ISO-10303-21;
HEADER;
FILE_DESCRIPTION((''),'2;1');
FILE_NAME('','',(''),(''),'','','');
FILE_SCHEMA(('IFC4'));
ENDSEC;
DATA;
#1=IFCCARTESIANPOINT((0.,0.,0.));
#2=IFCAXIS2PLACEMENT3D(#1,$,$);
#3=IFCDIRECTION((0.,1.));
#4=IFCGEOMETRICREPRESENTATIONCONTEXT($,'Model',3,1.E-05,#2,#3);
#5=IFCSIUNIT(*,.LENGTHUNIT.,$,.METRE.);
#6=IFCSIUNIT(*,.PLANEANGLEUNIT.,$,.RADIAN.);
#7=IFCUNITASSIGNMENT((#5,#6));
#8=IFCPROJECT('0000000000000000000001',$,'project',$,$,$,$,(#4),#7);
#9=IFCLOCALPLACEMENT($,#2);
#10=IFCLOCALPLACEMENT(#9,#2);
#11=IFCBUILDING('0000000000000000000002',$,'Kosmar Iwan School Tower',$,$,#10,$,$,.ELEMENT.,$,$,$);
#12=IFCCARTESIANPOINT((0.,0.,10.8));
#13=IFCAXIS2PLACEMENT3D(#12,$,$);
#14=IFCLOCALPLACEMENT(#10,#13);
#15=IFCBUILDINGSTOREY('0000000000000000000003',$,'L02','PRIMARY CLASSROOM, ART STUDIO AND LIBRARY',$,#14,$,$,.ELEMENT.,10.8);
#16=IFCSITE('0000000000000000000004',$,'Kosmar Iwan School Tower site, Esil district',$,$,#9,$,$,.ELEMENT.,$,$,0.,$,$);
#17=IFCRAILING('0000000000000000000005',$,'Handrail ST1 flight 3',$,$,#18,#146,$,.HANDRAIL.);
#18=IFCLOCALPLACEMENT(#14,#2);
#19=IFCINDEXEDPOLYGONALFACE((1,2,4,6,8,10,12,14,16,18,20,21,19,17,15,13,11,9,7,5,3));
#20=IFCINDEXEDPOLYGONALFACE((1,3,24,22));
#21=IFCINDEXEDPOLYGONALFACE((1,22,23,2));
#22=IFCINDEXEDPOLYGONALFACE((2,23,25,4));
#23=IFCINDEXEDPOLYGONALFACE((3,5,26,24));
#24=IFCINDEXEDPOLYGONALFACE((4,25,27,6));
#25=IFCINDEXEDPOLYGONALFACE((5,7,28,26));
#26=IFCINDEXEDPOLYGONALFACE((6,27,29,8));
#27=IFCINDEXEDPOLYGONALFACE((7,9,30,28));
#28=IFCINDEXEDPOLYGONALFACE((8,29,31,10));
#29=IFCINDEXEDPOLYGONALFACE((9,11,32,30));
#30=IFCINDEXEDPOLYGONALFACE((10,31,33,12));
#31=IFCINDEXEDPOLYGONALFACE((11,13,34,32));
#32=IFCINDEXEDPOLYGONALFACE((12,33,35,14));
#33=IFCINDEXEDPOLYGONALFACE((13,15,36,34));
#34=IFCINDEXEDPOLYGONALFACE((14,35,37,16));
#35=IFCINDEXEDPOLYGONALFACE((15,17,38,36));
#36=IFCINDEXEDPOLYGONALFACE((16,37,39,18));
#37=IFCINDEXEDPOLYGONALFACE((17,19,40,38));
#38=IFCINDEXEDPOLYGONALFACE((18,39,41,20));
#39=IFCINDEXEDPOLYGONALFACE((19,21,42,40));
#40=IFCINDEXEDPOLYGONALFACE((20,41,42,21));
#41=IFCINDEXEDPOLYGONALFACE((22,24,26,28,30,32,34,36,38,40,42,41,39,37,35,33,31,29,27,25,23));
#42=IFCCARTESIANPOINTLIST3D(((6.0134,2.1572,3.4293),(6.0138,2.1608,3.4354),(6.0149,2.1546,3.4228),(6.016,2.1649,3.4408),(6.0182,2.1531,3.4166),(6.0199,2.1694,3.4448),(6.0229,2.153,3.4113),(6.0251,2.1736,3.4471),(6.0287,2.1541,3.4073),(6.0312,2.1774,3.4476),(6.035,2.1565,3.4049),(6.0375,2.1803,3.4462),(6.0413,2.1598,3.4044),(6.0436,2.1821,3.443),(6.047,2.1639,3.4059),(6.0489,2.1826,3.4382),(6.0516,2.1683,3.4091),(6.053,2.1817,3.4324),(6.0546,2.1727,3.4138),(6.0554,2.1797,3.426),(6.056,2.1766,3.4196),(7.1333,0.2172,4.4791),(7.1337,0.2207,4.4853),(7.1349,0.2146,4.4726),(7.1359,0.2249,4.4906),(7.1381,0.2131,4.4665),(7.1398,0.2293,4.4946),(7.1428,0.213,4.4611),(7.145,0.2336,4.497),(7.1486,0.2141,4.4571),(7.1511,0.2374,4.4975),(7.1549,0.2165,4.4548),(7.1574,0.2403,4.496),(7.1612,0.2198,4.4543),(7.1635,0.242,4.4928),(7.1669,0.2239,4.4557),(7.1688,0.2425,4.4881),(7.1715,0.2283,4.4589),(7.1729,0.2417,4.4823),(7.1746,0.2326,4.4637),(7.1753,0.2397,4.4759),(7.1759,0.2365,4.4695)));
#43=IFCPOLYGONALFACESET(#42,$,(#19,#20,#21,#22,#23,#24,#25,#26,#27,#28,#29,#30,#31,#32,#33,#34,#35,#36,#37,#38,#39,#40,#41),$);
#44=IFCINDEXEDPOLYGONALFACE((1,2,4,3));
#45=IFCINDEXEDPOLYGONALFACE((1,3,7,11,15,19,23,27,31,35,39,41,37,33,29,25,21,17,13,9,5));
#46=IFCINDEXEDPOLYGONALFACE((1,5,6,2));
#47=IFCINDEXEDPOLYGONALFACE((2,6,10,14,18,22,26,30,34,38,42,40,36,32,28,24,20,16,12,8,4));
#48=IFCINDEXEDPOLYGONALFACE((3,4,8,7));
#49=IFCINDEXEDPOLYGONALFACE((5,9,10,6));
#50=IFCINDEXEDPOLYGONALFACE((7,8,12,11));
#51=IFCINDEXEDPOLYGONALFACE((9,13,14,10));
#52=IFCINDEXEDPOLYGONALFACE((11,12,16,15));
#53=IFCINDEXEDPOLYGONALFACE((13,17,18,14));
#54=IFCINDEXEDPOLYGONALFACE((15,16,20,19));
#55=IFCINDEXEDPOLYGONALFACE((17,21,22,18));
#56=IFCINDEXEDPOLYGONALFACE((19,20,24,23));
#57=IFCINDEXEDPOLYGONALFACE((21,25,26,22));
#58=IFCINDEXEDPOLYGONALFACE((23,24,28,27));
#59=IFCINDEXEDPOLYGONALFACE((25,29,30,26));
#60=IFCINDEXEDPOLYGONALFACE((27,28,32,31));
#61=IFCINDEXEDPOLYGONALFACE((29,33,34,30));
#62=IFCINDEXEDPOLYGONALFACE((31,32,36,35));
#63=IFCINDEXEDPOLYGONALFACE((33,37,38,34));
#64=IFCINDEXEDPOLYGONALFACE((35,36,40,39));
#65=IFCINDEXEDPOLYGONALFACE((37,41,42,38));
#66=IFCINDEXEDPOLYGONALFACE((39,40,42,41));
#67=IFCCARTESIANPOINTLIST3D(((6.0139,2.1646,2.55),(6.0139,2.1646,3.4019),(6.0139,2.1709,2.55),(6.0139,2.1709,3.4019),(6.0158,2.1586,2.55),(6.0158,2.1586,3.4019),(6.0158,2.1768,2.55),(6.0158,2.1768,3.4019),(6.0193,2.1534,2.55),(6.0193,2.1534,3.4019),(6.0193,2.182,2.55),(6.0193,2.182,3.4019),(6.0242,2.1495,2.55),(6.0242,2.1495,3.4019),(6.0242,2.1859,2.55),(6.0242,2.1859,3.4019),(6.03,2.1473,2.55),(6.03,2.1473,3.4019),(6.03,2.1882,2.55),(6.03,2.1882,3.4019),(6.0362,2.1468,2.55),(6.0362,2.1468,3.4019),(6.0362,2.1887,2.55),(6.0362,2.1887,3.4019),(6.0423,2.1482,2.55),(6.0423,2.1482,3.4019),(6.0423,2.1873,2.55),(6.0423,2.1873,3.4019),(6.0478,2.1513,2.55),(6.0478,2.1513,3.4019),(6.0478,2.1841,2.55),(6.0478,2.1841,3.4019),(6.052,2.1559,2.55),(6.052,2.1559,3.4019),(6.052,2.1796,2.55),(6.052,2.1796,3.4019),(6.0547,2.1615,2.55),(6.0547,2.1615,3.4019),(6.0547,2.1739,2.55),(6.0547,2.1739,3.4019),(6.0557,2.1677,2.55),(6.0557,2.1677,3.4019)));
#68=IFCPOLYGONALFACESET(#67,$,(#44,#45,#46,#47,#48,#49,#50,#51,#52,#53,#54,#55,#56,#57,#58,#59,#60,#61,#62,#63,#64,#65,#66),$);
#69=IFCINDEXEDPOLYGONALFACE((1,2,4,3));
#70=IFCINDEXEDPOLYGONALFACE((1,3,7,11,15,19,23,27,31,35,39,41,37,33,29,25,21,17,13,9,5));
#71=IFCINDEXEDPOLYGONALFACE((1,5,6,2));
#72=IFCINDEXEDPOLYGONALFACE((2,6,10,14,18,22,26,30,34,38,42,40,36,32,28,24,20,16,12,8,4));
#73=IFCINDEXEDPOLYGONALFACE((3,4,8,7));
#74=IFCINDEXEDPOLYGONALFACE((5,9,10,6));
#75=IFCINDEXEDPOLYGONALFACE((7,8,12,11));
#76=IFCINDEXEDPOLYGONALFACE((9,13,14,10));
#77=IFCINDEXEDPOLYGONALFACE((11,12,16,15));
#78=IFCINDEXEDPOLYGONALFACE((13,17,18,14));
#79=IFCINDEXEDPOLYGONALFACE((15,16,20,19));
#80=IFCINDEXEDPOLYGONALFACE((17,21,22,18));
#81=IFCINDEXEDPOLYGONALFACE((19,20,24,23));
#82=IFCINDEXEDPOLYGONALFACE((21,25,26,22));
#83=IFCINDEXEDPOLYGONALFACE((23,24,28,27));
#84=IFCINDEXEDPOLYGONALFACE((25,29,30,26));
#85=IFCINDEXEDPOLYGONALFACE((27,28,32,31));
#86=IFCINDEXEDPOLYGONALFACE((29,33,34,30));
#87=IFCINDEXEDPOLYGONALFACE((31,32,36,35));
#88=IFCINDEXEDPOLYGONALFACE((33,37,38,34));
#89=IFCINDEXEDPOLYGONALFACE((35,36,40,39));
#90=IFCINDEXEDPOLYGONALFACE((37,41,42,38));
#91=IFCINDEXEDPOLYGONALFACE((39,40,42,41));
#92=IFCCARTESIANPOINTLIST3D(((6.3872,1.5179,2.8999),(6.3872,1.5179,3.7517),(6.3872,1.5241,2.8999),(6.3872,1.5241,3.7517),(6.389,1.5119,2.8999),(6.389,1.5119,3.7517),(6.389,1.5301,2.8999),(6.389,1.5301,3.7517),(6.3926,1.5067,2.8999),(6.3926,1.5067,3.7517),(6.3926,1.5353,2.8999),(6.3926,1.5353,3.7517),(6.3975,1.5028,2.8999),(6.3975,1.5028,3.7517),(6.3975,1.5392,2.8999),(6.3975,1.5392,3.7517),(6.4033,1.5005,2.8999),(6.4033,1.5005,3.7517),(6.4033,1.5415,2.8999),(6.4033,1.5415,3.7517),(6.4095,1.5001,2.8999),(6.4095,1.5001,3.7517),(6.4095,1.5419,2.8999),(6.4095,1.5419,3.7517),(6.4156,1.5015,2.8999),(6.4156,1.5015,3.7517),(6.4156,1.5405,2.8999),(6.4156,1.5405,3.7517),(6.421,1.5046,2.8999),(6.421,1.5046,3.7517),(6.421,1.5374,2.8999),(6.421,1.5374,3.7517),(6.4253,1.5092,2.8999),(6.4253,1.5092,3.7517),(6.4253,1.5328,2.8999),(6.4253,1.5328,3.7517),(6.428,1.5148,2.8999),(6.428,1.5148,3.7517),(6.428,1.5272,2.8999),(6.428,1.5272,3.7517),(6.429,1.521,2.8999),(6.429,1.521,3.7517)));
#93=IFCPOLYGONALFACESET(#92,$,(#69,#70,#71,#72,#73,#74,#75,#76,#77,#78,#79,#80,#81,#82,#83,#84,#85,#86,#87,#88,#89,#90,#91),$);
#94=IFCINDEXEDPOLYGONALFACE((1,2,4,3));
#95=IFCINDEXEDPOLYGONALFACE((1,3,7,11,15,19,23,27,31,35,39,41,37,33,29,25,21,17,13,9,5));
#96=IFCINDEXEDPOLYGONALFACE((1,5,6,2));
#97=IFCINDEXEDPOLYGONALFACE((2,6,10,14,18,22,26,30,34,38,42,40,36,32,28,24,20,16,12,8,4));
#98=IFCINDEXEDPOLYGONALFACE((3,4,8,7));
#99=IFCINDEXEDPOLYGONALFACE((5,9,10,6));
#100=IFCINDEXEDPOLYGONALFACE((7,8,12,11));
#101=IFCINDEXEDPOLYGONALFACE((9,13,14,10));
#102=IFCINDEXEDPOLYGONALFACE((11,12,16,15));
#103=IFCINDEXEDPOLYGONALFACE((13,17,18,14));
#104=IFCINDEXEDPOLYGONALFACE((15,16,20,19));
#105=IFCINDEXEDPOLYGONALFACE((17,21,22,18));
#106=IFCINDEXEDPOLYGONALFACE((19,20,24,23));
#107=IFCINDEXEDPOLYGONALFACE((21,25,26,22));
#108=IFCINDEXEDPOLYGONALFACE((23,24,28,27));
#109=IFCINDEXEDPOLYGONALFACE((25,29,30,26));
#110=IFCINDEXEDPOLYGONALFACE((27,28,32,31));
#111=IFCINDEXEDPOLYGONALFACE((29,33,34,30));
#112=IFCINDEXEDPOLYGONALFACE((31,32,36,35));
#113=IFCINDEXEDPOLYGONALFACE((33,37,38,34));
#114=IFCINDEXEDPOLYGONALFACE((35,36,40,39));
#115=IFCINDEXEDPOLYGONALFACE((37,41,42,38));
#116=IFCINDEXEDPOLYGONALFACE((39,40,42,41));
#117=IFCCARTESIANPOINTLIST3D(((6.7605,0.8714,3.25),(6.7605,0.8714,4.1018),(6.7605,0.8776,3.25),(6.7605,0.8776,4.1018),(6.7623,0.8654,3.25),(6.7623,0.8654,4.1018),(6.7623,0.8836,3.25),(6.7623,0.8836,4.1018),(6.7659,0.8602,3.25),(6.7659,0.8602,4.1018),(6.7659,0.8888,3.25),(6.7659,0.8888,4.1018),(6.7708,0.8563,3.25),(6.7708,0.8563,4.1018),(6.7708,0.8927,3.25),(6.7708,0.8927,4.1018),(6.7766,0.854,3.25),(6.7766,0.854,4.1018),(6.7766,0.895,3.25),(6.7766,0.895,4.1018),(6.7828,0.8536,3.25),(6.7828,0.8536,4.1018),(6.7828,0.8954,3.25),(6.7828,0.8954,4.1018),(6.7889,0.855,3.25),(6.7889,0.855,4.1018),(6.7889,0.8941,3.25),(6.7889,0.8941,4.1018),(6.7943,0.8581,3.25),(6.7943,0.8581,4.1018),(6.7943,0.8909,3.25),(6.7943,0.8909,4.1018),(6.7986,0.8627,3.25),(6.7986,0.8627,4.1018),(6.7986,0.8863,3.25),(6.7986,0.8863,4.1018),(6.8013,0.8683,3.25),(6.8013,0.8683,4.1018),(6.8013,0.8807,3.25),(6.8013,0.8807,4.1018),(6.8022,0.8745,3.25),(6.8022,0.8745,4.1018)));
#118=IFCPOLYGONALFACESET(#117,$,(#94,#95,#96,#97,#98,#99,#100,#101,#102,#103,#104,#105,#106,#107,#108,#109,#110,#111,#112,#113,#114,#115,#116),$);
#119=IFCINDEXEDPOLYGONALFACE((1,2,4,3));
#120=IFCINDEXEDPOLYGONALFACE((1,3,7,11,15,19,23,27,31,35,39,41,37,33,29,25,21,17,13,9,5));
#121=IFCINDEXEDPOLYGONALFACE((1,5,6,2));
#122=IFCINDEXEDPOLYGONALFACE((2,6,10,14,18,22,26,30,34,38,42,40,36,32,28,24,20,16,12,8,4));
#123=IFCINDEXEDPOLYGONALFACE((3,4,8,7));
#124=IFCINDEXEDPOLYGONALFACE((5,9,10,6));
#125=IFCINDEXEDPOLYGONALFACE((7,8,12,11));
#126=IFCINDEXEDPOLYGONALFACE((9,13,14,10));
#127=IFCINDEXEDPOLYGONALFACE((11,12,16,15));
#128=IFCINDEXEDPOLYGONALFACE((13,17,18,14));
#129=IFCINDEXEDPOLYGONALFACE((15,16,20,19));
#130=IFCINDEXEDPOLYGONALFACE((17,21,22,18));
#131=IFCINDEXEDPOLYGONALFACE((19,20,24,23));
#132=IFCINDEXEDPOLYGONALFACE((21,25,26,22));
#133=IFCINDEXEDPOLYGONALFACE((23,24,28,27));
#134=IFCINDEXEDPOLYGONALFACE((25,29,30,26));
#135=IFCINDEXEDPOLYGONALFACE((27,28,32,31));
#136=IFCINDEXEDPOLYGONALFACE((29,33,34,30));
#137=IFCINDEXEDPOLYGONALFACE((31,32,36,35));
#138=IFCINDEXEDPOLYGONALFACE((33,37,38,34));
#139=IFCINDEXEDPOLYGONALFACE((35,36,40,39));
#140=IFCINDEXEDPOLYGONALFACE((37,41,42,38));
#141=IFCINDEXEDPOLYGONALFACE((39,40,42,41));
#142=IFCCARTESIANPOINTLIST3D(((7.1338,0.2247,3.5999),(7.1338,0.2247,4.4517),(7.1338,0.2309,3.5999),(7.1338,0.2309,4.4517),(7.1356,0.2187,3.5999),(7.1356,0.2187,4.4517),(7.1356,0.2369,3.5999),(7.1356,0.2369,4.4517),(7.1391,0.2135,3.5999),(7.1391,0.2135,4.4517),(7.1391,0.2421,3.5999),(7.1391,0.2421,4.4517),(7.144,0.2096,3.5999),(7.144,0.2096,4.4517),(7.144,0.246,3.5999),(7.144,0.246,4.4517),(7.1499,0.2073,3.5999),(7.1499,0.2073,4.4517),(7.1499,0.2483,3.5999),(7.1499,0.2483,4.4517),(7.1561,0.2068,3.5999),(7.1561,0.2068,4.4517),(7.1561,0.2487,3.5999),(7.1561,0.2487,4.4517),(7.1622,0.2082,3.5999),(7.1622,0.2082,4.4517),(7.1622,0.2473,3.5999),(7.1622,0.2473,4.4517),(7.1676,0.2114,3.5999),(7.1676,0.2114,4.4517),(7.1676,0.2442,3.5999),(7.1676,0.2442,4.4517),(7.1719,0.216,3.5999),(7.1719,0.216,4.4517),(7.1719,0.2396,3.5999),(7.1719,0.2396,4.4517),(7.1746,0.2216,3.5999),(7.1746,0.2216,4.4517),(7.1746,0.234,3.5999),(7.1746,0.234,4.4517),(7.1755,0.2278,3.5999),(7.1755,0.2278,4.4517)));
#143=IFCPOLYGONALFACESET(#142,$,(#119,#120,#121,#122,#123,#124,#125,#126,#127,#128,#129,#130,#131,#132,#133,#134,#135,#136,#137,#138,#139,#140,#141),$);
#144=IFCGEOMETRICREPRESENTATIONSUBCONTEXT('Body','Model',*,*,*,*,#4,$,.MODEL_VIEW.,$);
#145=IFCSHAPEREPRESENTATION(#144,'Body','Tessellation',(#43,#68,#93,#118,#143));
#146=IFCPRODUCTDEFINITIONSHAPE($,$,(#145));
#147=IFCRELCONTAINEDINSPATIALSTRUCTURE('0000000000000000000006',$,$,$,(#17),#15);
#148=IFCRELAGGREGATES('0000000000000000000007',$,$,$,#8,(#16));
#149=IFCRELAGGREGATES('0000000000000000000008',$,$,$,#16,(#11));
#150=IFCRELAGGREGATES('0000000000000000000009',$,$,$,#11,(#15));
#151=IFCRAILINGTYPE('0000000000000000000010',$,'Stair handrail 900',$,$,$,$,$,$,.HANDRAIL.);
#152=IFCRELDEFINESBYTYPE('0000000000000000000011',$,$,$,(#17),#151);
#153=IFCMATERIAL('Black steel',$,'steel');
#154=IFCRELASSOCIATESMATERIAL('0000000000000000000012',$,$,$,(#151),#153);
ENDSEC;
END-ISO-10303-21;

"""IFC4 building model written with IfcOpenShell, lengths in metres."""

from ifc_helpers import new_model, si_unit, direction, frame, origin, origin_2d, place, context, subcontext, project, spatial, circle, extrude, material, type_object, element, save


model = new_model("IFC4")

# Units and contexts
model_context = context("Model", 3, precision=1e-05, world=origin(), true_north=direction((0.0, 1.0)))
body_context = subcontext(model_context, "Body", "Model", "MODEL_VIEW")
ifc_project = project(units=[si_unit("LENGTHUNIT", "METRE"), si_unit("PLANEANGLEUNIT", "RADIAN")], contexts=[model_context])

# Site, building, storey
site_placement = place(None, origin())
site = spatial("IfcSite", under=ifc_project, at=site_placement, Name="Kosmar Iwan School Tower site, Esil district", CompositionType="ELEMENT", RefElevation=0.0)
building_placement = place(site_placement, origin())
building = spatial("IfcBuilding", under=site, at=building_placement, Name="Kosmar Iwan School Tower", CompositionType="ELEMENT")
storey_placement = place(building_placement, frame((0.0, 0.0, 10.8)))
storey = spatial("IfcBuildingStorey", under=building, at=storey_placement, Name="L02", Description="PRIMARY CLASSROOM, ART STUDIO AND LIBRARY", CompositionType="ELEMENT", Elevation=10.8)

# Railing
ifc_material_1 = material(Name="Black steel", Category="steel")
railing_type = type_object("IfcRailingType", Name="Stair handrail 900", PredefinedType="HANDRAIL", material=ifc_material_1)
railing_1_placement = place(storey_placement, frame((6.0347, 2.1677, 2.55)))
element("IfcRailing", 1, at=railing_1_placement, inside=storey, type_object=railing_type, Name="Handrail ST1 flight 3", PredefinedType="HANDRAIL", context=body_context, shape_type="SweptSolid", body=[
    extrude(circle(Radius=0.0239, at=origin_2d()), frame((0.0, 0.0, 0.876), z_axis=(0.452697, -0.784202, 0.424373), x_axis=(0.866055, 0.499949, 0.0)), (0.0, 0.0, 1.0), 2.4739),
    extrude(circle(Radius=0.021, at=origin_2d()), origin(), (0.0, 0.0, 1.0), 0.8518),
    extrude(circle(Radius=0.021, at=origin_2d()), frame((0.3733, -0.6467, 0.3499)), (0.0, 0.0, 1.0), 0.8518),
    extrude(circle(Radius=0.021, at=origin_2d()), frame((0.7466, -1.2932, 0.7)), (0.0, 0.0, 1.0), 0.8518),
    extrude(circle(Radius=0.021, at=origin_2d()), frame((1.1199, -1.9399, 1.0498)), (0.0, 0.0, 1.0), 0.8518),
])

save(model, "model.ifc")
